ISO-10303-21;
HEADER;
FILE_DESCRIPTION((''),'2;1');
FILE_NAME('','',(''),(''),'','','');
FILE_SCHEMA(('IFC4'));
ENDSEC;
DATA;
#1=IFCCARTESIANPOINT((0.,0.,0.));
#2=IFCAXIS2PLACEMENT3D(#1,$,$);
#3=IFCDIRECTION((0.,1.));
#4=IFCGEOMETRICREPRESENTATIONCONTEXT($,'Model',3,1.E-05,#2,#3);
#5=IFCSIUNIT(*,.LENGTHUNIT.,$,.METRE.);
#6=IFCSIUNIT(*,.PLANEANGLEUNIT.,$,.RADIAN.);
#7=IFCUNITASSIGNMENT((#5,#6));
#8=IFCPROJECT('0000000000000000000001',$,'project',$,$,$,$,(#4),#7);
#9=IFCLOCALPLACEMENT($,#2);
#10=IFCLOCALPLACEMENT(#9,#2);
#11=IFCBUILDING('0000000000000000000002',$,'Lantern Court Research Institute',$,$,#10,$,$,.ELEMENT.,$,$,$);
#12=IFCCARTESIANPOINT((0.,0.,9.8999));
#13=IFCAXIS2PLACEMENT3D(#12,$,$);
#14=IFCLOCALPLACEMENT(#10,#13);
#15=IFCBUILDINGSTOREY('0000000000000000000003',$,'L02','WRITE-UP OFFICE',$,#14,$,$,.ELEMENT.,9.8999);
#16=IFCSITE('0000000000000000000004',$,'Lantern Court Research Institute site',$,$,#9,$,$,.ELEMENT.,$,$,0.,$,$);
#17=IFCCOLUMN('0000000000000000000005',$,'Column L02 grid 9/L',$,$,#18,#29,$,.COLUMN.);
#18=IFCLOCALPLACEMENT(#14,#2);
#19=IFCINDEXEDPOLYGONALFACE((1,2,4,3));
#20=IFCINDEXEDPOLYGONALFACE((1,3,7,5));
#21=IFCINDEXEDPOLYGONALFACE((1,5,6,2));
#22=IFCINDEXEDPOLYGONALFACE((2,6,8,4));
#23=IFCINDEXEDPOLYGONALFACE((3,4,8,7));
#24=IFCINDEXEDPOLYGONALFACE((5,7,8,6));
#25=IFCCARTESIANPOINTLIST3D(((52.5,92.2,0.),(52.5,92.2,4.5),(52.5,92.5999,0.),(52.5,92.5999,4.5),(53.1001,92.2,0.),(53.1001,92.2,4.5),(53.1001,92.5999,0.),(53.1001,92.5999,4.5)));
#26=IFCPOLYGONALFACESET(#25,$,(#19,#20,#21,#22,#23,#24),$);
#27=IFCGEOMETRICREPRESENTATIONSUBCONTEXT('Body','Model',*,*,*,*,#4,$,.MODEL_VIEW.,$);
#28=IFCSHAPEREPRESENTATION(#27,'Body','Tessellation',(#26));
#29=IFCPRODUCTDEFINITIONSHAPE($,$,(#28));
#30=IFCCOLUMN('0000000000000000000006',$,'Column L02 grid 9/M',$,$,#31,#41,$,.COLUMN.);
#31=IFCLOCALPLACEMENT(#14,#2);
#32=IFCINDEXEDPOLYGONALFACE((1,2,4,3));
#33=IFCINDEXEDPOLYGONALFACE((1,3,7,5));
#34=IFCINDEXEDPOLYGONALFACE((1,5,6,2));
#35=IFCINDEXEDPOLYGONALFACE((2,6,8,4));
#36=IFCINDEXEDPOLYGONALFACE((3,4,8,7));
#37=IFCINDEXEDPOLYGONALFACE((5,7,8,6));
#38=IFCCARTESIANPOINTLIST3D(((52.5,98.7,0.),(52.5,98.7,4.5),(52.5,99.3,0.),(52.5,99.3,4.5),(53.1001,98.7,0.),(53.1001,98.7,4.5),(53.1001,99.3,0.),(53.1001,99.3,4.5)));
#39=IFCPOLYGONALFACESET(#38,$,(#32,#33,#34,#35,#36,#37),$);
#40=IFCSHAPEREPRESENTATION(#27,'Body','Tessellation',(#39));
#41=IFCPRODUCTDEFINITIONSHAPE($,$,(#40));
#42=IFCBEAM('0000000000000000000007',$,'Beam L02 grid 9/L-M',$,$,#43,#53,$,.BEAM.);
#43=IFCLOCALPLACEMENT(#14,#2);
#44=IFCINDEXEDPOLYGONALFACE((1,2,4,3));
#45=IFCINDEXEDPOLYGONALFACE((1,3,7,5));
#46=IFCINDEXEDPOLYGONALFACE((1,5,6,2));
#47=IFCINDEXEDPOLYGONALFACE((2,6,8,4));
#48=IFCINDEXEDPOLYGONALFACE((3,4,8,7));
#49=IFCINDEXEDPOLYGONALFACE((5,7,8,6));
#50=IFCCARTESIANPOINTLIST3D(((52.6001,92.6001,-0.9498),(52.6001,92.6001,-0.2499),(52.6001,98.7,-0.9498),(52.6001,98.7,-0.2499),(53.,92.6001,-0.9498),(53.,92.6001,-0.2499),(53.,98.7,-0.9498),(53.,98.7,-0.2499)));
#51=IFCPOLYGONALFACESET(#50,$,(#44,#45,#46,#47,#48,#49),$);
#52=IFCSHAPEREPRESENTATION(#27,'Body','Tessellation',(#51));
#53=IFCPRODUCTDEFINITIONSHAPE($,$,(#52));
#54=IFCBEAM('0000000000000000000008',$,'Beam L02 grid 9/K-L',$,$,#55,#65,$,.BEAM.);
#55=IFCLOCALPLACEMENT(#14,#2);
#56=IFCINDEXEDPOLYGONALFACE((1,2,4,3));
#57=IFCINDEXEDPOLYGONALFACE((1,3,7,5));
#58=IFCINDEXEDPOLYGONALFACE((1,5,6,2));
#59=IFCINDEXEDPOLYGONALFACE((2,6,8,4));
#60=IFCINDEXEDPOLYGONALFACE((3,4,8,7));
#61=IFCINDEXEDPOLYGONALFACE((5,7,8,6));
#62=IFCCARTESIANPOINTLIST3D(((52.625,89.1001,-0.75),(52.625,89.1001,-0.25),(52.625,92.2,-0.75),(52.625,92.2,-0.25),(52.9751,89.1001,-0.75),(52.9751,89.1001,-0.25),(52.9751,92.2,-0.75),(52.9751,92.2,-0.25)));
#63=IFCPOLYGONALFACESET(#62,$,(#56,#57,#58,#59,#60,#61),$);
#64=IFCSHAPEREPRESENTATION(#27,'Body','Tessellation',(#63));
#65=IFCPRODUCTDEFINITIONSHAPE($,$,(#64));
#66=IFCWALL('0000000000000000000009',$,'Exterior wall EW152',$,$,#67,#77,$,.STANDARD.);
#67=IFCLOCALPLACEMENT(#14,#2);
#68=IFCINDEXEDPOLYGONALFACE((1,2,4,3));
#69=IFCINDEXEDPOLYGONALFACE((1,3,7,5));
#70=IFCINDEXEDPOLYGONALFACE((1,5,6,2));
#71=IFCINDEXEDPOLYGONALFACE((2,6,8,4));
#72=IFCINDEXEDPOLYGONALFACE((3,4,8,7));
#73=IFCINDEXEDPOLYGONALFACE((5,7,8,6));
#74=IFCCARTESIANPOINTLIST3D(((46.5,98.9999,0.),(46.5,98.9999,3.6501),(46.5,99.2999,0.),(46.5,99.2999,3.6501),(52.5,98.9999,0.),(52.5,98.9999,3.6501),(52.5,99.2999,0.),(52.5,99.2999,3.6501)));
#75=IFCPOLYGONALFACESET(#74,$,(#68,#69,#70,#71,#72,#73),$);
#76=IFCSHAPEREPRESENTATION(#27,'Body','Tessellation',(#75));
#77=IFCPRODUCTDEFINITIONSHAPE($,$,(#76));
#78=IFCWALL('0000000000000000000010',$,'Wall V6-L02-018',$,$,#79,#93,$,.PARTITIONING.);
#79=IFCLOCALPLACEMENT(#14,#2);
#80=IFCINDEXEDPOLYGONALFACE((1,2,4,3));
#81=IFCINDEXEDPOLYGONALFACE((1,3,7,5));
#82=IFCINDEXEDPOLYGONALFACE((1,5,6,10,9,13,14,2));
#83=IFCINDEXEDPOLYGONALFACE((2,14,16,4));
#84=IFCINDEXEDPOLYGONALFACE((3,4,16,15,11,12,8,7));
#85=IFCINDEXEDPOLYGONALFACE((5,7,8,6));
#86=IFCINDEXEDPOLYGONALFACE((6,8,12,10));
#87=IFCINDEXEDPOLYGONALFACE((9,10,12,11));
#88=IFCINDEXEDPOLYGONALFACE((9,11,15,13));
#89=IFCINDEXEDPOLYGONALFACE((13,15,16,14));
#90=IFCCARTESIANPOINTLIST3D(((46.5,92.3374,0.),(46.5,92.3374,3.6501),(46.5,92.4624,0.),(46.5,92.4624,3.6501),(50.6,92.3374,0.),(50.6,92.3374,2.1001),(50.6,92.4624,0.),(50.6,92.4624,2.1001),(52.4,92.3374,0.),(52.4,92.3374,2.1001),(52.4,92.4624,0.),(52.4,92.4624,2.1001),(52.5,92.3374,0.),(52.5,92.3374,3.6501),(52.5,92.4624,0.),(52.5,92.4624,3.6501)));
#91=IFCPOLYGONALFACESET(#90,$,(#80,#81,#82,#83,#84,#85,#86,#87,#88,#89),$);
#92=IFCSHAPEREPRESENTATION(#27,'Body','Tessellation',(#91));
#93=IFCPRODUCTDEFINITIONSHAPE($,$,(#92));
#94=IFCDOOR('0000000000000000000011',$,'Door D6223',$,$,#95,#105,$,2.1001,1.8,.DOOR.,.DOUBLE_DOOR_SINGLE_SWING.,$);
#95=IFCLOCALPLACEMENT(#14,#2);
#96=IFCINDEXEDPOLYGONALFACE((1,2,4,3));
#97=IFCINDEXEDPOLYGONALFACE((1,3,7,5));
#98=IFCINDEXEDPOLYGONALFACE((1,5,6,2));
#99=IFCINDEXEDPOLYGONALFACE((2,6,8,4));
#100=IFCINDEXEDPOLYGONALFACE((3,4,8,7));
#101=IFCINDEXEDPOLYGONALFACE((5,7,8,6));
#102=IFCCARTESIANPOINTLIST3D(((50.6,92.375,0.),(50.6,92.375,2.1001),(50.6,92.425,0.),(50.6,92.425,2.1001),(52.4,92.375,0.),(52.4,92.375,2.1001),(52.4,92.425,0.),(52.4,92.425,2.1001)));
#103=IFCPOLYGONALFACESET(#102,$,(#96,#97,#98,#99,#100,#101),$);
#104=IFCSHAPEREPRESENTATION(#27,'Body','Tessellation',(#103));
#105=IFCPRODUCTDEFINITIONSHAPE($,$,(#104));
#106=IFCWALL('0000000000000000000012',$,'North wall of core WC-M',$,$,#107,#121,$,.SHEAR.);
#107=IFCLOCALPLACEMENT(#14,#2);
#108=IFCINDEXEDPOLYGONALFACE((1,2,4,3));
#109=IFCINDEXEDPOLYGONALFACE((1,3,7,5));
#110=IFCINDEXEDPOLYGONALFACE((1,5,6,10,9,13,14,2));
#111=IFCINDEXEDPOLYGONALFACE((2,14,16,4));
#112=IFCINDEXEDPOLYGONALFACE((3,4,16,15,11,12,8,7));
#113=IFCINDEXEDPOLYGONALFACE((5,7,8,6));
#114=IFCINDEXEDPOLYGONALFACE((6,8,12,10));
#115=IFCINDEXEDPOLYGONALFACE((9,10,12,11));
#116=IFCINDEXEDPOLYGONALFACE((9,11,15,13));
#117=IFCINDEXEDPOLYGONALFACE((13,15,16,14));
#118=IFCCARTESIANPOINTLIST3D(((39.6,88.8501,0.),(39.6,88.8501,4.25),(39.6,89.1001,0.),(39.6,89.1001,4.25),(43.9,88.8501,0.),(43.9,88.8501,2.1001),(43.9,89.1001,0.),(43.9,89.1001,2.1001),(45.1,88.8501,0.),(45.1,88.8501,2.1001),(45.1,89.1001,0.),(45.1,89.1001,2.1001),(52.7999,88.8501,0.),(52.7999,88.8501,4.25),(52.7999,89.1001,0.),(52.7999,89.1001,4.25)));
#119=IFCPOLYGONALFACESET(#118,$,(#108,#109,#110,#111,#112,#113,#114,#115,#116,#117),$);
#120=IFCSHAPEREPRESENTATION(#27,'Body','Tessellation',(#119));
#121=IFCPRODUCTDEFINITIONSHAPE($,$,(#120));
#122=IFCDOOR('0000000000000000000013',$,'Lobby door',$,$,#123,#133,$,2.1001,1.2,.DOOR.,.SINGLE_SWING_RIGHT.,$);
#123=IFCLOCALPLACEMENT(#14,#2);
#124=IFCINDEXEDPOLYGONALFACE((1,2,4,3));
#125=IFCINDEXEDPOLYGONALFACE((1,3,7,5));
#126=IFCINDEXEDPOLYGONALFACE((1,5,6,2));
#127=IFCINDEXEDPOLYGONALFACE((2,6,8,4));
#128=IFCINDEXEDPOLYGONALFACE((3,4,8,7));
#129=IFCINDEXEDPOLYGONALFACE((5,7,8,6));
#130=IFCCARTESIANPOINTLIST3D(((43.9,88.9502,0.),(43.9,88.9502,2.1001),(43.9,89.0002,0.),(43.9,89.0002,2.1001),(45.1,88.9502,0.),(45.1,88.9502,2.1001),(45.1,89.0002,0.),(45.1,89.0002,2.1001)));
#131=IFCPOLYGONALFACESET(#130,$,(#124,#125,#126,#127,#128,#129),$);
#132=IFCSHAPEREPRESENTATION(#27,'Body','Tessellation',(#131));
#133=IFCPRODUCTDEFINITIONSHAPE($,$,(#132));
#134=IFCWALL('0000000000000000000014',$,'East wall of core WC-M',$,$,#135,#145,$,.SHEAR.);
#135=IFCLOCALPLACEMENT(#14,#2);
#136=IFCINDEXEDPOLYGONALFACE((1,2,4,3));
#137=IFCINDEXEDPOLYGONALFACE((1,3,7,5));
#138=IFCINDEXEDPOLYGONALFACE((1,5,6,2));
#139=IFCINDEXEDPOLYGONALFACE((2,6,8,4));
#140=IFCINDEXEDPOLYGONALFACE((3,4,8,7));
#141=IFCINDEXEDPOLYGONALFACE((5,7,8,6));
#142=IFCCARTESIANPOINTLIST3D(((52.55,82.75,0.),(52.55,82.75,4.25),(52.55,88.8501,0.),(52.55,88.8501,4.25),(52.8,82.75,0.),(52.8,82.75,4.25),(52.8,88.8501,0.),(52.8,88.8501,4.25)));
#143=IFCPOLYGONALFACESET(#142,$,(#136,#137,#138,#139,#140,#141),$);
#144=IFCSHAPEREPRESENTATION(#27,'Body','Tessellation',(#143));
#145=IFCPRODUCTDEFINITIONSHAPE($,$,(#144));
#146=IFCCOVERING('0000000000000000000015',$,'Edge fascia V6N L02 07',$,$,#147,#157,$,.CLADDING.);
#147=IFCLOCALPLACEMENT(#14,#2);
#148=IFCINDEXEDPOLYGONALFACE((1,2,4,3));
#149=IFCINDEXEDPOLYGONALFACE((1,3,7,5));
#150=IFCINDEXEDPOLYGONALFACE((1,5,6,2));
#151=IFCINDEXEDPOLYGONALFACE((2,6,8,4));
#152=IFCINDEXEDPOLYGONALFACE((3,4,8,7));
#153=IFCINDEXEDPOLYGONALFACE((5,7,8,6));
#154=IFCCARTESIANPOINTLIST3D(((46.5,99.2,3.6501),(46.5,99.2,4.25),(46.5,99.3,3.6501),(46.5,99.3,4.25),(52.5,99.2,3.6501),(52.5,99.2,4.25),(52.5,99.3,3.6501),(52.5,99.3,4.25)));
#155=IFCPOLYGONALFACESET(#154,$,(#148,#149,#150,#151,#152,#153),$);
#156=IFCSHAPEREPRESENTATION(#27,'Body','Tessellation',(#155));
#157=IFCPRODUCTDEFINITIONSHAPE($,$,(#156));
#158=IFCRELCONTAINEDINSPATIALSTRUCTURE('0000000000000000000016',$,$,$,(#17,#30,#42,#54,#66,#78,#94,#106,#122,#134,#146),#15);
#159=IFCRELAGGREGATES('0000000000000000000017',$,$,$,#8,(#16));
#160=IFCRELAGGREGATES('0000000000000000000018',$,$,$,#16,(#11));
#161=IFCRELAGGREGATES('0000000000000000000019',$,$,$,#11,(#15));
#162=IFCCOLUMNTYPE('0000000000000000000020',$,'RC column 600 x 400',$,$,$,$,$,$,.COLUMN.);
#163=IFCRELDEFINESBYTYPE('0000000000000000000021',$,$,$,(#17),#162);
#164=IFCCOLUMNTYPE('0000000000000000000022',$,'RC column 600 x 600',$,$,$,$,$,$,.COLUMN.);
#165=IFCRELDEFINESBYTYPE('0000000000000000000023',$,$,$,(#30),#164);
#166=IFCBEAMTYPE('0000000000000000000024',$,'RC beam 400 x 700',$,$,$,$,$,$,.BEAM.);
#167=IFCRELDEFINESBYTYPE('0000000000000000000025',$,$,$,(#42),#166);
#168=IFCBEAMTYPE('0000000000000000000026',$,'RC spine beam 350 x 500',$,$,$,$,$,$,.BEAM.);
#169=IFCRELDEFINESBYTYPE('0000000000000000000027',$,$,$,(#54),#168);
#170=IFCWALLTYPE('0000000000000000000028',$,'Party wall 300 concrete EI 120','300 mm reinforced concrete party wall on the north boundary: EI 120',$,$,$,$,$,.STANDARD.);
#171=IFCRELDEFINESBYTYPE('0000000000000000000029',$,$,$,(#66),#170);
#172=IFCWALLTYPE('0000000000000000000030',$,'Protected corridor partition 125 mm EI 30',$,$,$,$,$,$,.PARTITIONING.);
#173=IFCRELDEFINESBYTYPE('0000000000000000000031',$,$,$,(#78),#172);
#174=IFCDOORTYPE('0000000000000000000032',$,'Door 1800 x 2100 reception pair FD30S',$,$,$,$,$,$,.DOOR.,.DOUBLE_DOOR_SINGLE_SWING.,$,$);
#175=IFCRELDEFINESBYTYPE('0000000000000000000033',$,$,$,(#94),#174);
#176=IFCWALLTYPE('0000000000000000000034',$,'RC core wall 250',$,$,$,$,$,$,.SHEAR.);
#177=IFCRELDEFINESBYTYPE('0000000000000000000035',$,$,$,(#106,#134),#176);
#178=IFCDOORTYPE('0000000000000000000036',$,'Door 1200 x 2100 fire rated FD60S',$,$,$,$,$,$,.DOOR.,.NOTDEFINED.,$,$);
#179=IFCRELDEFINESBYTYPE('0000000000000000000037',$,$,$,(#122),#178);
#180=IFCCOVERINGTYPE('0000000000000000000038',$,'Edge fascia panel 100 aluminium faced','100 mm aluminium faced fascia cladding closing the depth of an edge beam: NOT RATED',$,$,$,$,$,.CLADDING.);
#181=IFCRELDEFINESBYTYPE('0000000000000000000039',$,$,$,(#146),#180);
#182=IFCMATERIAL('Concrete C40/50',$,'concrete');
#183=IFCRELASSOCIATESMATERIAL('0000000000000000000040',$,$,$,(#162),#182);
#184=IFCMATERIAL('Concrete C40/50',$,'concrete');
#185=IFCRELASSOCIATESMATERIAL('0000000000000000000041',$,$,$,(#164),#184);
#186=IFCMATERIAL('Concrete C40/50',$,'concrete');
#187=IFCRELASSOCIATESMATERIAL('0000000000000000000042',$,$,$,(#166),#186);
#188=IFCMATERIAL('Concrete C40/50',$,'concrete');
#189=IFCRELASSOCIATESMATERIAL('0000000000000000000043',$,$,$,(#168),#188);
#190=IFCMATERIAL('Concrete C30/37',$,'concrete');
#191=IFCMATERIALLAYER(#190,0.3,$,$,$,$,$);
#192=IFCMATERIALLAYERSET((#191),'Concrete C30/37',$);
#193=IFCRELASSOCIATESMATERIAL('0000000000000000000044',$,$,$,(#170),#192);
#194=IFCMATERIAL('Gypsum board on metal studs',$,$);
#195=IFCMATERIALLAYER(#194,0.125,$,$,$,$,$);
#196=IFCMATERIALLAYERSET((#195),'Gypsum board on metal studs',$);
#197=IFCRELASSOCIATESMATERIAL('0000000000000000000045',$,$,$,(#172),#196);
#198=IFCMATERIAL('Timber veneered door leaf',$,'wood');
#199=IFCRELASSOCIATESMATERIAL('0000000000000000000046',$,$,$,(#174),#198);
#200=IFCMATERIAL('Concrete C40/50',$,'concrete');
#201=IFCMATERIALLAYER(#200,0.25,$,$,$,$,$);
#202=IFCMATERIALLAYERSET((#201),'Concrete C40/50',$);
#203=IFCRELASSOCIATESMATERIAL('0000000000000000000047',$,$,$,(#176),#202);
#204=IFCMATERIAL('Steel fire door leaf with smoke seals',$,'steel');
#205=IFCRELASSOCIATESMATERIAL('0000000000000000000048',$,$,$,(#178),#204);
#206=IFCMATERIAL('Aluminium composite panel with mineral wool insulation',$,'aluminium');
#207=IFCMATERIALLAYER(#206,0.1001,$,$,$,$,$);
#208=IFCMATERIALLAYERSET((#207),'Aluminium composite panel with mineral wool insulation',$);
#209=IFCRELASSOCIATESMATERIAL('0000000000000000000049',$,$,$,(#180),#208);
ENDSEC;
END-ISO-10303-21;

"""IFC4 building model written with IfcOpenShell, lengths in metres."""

from ifc_helpers import new_model, si_unit, direction, frame, frame_2d, origin, origin_2d, place, context, subcontext, project, spatial, rectangle, extrude, material, layer, layer_set, material_profile, profile_set, type_object, element, fill, save


model = new_model("IFC4")

# Units and contexts
model_context = context("Model", 3, precision=1e-05, world=origin(), true_north=direction((0.0, 1.0)))
body_context = subcontext(model_context, "Body", "Model", "MODEL_VIEW")
ifc_project = project(units=[si_unit("LENGTHUNIT", "METRE"), si_unit("PLANEANGLEUNIT", "RADIAN")], contexts=[model_context])

# Site, building, storey
site_placement = place(None, origin())
site = spatial("IfcSite", under=ifc_project, at=site_placement, Name="Lantern Court Research Institute site", CompositionType="ELEMENT", RefElevation=0.0)
building_placement = place(site_placement, origin())
building = spatial("IfcBuilding", under=site, at=building_placement, Name="Lantern Court Research Institute", CompositionType="ELEMENT")
storey_placement = place(building_placement, frame((0.0, 0.0, 9.8999)))
storey = spatial("IfcBuildingStorey", under=building, at=storey_placement, Name="L02", Description="WRITE-UP OFFICE", CompositionType="ELEMENT", Elevation=9.8999)

# Columns
ifc_material_1 = material(Name="Concrete C40/50", Category="concrete")
ifc_material_profile_1 = material_profile(ifc_material_1, rectangle(XDim=0.6001, YDim=0.3999, at=origin_2d()), Name="RC column 600 x 400")
ifc_profile_set_1 = profile_set([ifc_material_profile_1], Name="Concrete C40/50")
column_type_1 = type_object("IfcColumnType", Name="RC column 600 x 400", PredefinedType="COLUMN", material=ifc_profile_set_1)
column_1_placement = place(storey_placement, frame((52.8, 92.3999, 0.0), z_axis=(0.0, 0.0, 1.0), x_axis=(1.0, 0.0, 0.0)))
element("IfcColumn", 1, at=column_1_placement, inside=storey, type_object=column_type_1, Name="Column L02 grid 9/L", PredefinedType="COLUMN", context=body_context, shape_type="SweptSolid", body=[
    extrude(rectangle(XDim=0.6001, YDim=0.3999, at=origin_2d()), origin(), (0.0, 0.0, 1.0), 4.5),
])
ifc_material_2 = material(Name="Concrete C40/50", Category="concrete")
ifc_material_profile_2 = material_profile(ifc_material_2, rectangle(XDim=0.6001, YDim=0.6001, at=origin_2d()), Name="RC column 600 x 600")
ifc_profile_set_2 = profile_set([ifc_material_profile_2], Name="Concrete C40/50")
column_type_2 = type_object("IfcColumnType", Name="RC column 600 x 600", PredefinedType="COLUMN", material=ifc_profile_set_2)
column_2_placement = place(storey_placement, frame((52.8, 99.0, 0.0), z_axis=(0.0, 0.0, 1.0), x_axis=(1.0, 0.0, 0.0)))
element("IfcColumn", 2, at=column_2_placement, inside=storey, type_object=column_type_2, Name="Column L02 grid 9/M", PredefinedType="COLUMN", context=body_context, shape_type="SweptSolid", body=[
    extrude(rectangle(XDim=0.6001, YDim=0.6001, at=origin_2d()), origin(), (0.0, 0.0, 1.0), 4.5),
])

# Beams
ifc_material_3 = material(Name="Concrete C40/50", Category="concrete")
ifc_material_profile_3 = material_profile(ifc_material_3, rectangle(XDim=0.3999, YDim=0.7, at=origin_2d()), Name="RC beam 400 x 700")
ifc_profile_set_3 = profile_set([ifc_material_profile_3], Name="Concrete C40/50")
beam_type_1 = type_object("IfcBeamType", Name="RC beam 400 x 700", PredefinedType="BEAM", material=ifc_profile_set_3)
beam_1_placement = place(storey_placement, frame((52.8, 92.6001, -0.5999), z_axis=(0.0, 1.0, 0.0), x_axis=(-1.0, 0.0, 0.0)))
element("IfcBeam", 3, at=beam_1_placement, inside=storey, type_object=beam_type_1, Name="Beam L02 grid 9/L-M", PredefinedType="BEAM", context=body_context, shape_type="SweptSolid", body=[
    extrude(rectangle(XDim=0.3999, YDim=0.7, at=origin_2d()), origin(), (0.0, 0.0, 1.0), 6.0999),
])
ifc_material_4 = material(Name="Concrete C40/50", Category="concrete")
ifc_material_profile_4 = material_profile(ifc_material_4, rectangle(XDim=0.3501, YDim=0.5, at=origin_2d()), Name="RC beam 350 x 500")
ifc_profile_set_4 = profile_set([ifc_material_profile_4], Name="Concrete C40/50")
beam_type_2 = type_object("IfcBeamType", Name="RC spine beam 350 x 500", PredefinedType="BEAM", material=ifc_profile_set_4)
beam_2_placement = place(storey_placement, frame((52.8, 89.1001, -0.5), z_axis=(0.0, 1.0, 0.0), x_axis=(-1.0, 0.0, 0.0)))
element("IfcBeam", 4, at=beam_2_placement, inside=storey, type_object=beam_type_2, Name="Beam L02 grid 9/K-L", PredefinedType="BEAM", context=body_context, shape_type="SweptSolid", body=[
    extrude(rectangle(XDim=0.3501, YDim=0.5, at=origin_2d()), origin(), (0.0, 0.0, 1.0), 3.0999),
])

# Wall
ifc_material_5 = material(Name="Concrete C30/37", Category="concrete")
ifc_layer_1 = layer(ifc_material_5, 0.3)
ifc_layer_set_1 = layer_set([ifc_layer_1], Name="Concrete C30/37")
wall_type_1 = type_object("IfcWallType", Name="Party wall 300 concrete EI 120", Description="300 mm reinforced concrete party wall on the north boundary: EI 120", PredefinedType="STANDARD", material=ifc_layer_set_1)
wall_1_placement = place(storey_placement, frame((46.5, 99.1499, 0.0), z_axis=(0.0, 0.0, 1.0), x_axis=(1.0, 0.0, 0.0)))
element("IfcWall", 5, at=wall_1_placement, inside=storey, type_object=wall_type_1, Name="Exterior wall EW152", PredefinedType="STANDARD", context=body_context, shape_type="SweptSolid", body=[
    extrude(rectangle(XDim=6.0, YDim=0.3, at=frame_2d((3.0, 0.0))), origin(), (0.0, 0.0, 1.0), 3.6501),
])

# Walls, openings, doors
ifc_material_6 = material(Name="Gypsum board on metal studs")
ifc_layer_2 = layer(ifc_material_6, 0.125)
ifc_layer_set_2 = layer_set([ifc_layer_2], Name="Gypsum board on metal studs")
wall_type_2 = type_object("IfcWallType", Name="Protected corridor partition 125 mm EI 30", PredefinedType="PARTITIONING", material=ifc_layer_set_2)
wall_2_placement = place(storey_placement, frame((52.5, 92.3999, 0.0), z_axis=(0.0, 0.0, 1.0), x_axis=(-1.0, 0.0, 0.0)))
wall_2 = element("IfcWall", 6, at=wall_2_placement, inside=storey, type_object=wall_type_2, Name="Wall V6-L02-018", PredefinedType="PARTITIONING", context=body_context, shape_type="SweptSolid", body=[
    extrude(rectangle(XDim=6.0, YDim=0.125, at=frame_2d((3.0, 0.0))), origin(), (0.0, 0.0, 1.0), 3.6501),
])
opening_1_placement = place(wall_2_placement, frame((0.1001, 0.0, 0.0)))
opening_1 = element("IfcOpeningElement", 7, at=opening_1_placement, cuts=wall_2, PredefinedType="OPENING", context=body_context, shape_type="SweptSolid", body=[
    extrude(rectangle(XDim=1.8, YDim=2.1001, at=frame_2d((0.8999, 1.05))), frame((0.0, 0.0725, 0.0), z_axis=(0.0, -1.0, 0.0), x_axis=(1.0, 0.0, 0.0)), (0.0, 0.0, 1.0), 0.145),
])
ifc_material_7 = material(Name="Timber veneered door leaf", Category="wood")
door_type_1 = type_object("IfcDoorType", Name="Door 1800 x 2100 reception pair FD30S", OperationType="DOUBLE_DOOR_SINGLE_SWING", PredefinedType="DOOR", material=ifc_material_7)
door_1_placement = place(opening_1_placement, origin())
door_1 = element("IfcDoor", 8, at=door_1_placement, inside=storey, type_object=door_type_1, Name="Door D6223", OperationType="DOUBLE_DOOR_SINGLE_SWING", OverallHeight=2.1001, OverallWidth=1.8, PredefinedType="DOOR", context=body_context, shape_type="SweptSolid", body=[
    extrude(rectangle(XDim=1.8, YDim=2.1001, at=frame_2d((0.8999, 1.05))), frame((0.0, 0.0249, 0.0), z_axis=(0.0, -1.0, 0.0), x_axis=(1.0, 0.0, 0.0)), (0.0, 0.0, 1.0), 0.05),
])
fill(opening_1, door_1)
ifc_material_8 = material(Name="Concrete C40/50", Category="concrete")
ifc_layer_3 = layer(ifc_material_8, 0.25)
ifc_layer_set_3 = layer_set([ifc_layer_3], Name="Concrete C40/50")
wall_type_3 = type_object("IfcWallType", Name="RC core wall 250", PredefinedType="SHEAR", material=ifc_layer_set_3)
wall_3_placement = place(storey_placement, frame((52.8, 88.9751, 0.0), z_axis=(0.0, 0.0, 1.0), x_axis=(-1.0, 0.0, 0.0)))
wall_3 = element("IfcWall", 9, at=wall_3_placement, inside=storey, type_object=wall_type_3, Name="North wall of core WC-M", PredefinedType="SHEAR", context=body_context, shape_type="SweptSolid", body=[
    extrude(rectangle(XDim=13.2, YDim=0.25, at=frame_2d((6.6001, 0.0))), origin(), (0.0, 0.0, 1.0), 4.25),
])
opening_2_placement = place(wall_3_placement, frame((7.7, 0.0, 0.0)))
opening_2 = element("IfcOpeningElement", 10, at=opening_2_placement, cuts=wall_3, PredefinedType="OPENING", context=body_context, shape_type="SweptSolid", body=[
    extrude(rectangle(XDim=1.2, YDim=2.1001, at=frame_2d((0.6001, 1.05))), frame((0.0, 0.135, 0.0), z_axis=(0.0, -1.0, 0.0), x_axis=(1.0, 0.0, 0.0)), (0.0, 0.0, 1.0), 0.27),
])
ifc_material_9 = material(Name="Steel fire door leaf with smoke seals", Category="steel")
door_type_2 = type_object("IfcDoorType", Name="Door 1200 x 2100 fire rated FD60S", OperationType="NOTDEFINED", PredefinedType="DOOR", material=ifc_material_9)
door_2_placement = place(opening_2_placement, origin())
door_2 = element("IfcDoor", 11, at=door_2_placement, inside=storey, type_object=door_type_2, Name="Lobby door", OperationType="SINGLE_SWING_RIGHT", OverallHeight=2.1001, OverallWidth=1.2, PredefinedType="DOOR", context=body_context, shape_type="SweptSolid", body=[
    extrude(rectangle(XDim=1.2, YDim=2.1001, at=frame_2d((0.6001, 1.05))), frame((0.0, 0.0249, 0.0), z_axis=(0.0, -1.0, 0.0), x_axis=(1.0, 0.0, 0.0)), (0.0, 0.0, 1.0), 0.05),
])
fill(opening_2, door_2)

# Wall
wall_4_placement = place(storey_placement, frame((52.675, 88.8501, 0.0), z_axis=(0.0, 0.0, 1.0), x_axis=(0.0, -1.0, 0.0)))
element("IfcWall", 12, at=wall_4_placement, inside=storey, type_object=wall_type_3, Name="East wall of core WC-M", PredefinedType="SHEAR", context=body_context, shape_type="SweptSolid", body=[
    extrude(rectangle(XDim=6.1001, YDim=0.25, at=frame_2d((3.05, 0.0))), origin(), (0.0, 0.0, 1.0), 4.25),
])

# Covering
ifc_material_10 = material(Name="Aluminium composite panel with mineral wool insulation", Category="aluminium")
ifc_layer_4 = layer(ifc_material_10, 0.1001)
ifc_layer_set_4 = layer_set([ifc_layer_4], Name="Aluminium composite panel with mineral wool insulation")
covering_type_1 = type_object("IfcCoveringType", Name="Edge fascia panel 100 aluminium faced", Description="100 mm aluminium faced fascia cladding closing the depth of an edge beam: NOT RATED", PredefinedType="CLADDING", material=ifc_layer_set_4)
covering_1_placement = place(storey_placement, frame((46.5, 99.25, 3.6501), z_axis=(0.0, 0.0, 1.0), x_axis=(1.0, 0.0, 0.0)))
element("IfcCovering", 13, at=covering_1_placement, inside=storey, type_object=covering_type_1, Name="Edge fascia V6N L02 07", PredefinedType="CLADDING", context=body_context, shape_type="SweptSolid", body=[
    extrude(rectangle(XDim=6.0, YDim=0.1001, at=frame_2d((3.0, 0.0))), origin(), (0.0, 0.0, 1.0), 0.5999),
])

save(model, "model.ifc")
